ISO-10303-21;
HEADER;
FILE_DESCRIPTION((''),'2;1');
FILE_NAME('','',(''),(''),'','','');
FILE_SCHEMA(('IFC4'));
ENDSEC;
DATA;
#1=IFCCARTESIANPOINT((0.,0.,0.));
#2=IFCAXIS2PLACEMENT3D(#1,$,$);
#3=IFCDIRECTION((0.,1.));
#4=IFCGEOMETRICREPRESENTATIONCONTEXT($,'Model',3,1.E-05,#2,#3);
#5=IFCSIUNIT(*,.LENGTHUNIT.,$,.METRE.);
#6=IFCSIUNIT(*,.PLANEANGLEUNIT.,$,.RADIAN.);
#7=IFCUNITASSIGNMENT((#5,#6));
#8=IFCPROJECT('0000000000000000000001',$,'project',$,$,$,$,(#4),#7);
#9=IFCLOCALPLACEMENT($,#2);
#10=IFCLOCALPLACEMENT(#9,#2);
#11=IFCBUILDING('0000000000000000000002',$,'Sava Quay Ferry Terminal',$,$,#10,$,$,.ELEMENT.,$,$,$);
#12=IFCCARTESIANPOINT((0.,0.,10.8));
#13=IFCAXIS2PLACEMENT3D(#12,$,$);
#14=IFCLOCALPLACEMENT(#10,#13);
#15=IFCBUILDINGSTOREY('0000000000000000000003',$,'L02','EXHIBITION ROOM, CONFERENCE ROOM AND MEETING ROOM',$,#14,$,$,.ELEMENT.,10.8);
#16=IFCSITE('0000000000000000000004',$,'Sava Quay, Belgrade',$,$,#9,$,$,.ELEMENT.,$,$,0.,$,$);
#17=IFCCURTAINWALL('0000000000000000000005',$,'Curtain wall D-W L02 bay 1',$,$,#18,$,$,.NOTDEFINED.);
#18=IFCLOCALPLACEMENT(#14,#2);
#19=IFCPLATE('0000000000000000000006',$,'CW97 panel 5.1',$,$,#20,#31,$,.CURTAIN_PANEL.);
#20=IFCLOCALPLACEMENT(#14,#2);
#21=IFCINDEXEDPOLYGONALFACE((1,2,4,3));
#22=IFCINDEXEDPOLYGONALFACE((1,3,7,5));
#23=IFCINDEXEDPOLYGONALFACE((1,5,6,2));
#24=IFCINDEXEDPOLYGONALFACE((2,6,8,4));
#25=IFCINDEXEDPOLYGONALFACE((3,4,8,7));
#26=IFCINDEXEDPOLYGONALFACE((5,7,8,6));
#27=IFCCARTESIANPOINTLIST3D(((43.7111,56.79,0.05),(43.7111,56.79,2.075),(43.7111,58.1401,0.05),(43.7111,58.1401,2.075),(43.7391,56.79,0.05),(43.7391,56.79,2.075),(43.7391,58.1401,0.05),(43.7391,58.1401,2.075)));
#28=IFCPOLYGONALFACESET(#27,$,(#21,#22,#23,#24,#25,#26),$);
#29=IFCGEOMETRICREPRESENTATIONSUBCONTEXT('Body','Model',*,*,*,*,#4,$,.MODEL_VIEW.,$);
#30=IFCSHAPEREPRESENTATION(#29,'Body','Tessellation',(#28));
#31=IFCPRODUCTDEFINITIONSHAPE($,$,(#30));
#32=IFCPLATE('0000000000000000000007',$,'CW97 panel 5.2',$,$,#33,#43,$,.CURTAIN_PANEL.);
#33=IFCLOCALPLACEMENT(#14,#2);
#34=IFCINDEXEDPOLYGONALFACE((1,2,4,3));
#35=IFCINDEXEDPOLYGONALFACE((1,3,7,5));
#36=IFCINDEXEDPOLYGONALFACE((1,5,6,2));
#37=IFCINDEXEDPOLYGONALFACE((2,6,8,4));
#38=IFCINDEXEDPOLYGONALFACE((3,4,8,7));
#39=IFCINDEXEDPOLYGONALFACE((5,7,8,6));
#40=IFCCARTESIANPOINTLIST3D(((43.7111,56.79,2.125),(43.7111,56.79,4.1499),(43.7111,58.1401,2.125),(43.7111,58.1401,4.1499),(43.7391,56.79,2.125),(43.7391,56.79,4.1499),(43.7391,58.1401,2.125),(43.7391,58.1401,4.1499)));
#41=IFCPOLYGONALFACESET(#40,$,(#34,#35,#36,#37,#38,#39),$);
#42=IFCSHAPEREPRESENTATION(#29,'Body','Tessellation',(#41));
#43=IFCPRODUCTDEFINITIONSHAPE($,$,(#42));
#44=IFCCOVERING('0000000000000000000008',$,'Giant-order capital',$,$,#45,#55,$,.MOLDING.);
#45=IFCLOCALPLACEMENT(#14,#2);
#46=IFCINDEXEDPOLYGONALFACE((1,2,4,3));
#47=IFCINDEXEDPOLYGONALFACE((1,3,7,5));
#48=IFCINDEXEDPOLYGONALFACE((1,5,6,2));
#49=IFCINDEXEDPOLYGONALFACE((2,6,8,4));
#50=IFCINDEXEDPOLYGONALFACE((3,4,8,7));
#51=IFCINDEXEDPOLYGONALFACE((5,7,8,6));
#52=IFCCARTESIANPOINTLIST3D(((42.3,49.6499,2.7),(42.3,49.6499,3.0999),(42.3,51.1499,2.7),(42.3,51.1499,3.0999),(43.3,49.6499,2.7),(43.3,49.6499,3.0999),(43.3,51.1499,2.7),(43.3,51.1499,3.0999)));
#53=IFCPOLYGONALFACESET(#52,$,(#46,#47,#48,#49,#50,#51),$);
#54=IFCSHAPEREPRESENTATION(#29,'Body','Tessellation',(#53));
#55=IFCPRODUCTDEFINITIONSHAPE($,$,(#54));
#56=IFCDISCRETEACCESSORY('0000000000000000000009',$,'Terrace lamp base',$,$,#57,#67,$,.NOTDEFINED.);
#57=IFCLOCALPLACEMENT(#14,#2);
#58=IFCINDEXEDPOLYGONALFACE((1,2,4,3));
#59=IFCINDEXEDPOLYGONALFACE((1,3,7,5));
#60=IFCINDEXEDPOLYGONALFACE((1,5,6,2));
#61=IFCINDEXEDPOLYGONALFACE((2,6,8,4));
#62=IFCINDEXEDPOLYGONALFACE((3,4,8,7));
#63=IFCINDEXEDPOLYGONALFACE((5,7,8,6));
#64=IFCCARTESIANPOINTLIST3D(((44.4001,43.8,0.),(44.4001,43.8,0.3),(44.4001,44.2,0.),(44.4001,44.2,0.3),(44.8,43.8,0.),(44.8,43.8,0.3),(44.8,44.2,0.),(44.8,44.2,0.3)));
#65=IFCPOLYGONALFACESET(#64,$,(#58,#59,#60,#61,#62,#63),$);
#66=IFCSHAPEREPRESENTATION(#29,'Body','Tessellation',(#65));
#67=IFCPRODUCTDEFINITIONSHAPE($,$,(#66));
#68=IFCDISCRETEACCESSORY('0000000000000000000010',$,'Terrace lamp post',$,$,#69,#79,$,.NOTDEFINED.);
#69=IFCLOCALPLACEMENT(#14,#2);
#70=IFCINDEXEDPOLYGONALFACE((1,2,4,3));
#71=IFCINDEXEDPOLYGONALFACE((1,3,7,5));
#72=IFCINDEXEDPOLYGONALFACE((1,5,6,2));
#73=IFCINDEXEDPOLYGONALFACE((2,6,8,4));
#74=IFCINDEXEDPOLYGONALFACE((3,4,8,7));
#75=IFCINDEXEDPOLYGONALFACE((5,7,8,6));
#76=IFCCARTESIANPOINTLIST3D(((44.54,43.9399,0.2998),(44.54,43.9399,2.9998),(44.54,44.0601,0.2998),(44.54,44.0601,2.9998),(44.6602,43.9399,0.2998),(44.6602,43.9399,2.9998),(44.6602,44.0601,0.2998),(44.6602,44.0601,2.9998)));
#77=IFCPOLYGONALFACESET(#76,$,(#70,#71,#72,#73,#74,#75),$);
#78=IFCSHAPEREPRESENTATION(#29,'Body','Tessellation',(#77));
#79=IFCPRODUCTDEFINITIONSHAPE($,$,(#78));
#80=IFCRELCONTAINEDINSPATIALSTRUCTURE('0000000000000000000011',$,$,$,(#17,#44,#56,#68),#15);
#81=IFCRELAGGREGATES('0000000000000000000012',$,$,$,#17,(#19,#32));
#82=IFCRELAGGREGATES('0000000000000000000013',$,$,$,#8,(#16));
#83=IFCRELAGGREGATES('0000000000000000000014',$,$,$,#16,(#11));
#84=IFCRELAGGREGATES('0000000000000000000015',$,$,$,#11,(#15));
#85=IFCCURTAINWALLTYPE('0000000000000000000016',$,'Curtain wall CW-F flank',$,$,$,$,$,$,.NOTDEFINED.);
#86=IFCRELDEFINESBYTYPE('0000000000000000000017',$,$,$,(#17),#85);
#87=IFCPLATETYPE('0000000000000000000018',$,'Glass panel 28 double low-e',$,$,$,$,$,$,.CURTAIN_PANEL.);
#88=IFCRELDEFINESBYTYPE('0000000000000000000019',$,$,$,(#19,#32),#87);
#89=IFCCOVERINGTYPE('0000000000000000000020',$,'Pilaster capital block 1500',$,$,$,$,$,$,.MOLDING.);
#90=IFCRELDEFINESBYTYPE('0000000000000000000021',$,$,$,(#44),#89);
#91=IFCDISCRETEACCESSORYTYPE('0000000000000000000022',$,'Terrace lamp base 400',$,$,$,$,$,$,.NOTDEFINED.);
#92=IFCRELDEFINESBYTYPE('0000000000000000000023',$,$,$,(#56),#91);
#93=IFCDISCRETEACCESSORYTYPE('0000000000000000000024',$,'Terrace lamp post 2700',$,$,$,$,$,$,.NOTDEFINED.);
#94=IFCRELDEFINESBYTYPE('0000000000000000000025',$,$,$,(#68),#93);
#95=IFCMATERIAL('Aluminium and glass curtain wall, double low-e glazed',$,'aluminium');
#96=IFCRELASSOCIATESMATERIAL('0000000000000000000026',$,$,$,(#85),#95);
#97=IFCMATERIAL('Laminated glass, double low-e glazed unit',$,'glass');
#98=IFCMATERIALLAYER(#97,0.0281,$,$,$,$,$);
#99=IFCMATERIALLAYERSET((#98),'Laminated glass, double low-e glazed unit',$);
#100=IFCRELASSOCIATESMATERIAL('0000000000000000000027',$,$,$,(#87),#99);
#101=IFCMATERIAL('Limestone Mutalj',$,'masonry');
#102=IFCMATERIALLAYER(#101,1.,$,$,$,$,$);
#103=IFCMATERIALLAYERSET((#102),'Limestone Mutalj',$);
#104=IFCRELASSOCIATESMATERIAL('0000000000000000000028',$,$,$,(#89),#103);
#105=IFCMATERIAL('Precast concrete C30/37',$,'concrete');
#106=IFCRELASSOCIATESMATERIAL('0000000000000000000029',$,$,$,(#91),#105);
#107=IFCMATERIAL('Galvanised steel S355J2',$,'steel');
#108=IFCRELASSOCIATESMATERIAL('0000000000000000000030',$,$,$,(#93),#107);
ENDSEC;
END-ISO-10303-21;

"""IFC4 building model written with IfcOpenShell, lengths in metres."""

from ifc_helpers import new_model, si_unit, direction, frame, origin, origin_2d, place, context, subcontext, project, spatial, rectangle, extrude, material, layer, layer_set, type_object, element, aggregate, save


model = new_model("IFC4")

# Units and contexts
model_context = context("Model", 3, precision=1e-05, world=origin(), true_north=direction((0.0, 1.0)))
body_context = subcontext(model_context, "Body", "Model", "MODEL_VIEW")
ifc_project = project(units=[si_unit("LENGTHUNIT", "METRE"), si_unit("PLANEANGLEUNIT", "RADIAN")], contexts=[model_context])

# Site, building, storey
site_placement = place(None, origin())
site = spatial("IfcSite", under=ifc_project, at=site_placement, Name="Sava Quay, Belgrade", CompositionType="ELEMENT", RefElevation=0.0)
building_placement = place(site_placement, origin())
building = spatial("IfcBuilding", under=site, at=building_placement, Name="Sava Quay Ferry Terminal", CompositionType="ELEMENT")
storey_placement = place(building_placement, frame((0.0, 0.0, 10.8)))
storey = spatial("IfcBuildingStorey", under=building, at=storey_placement, Name="L02", Description="EXHIBITION ROOM, CONFERENCE ROOM AND MEETING ROOM", CompositionType="ELEMENT", Elevation=10.8)

# Curtain wall, plates
ifc_material_1 = material(Name="Aluminium and glass curtain wall, double low-e glazed", Category="aluminium")
curtain_wall_type = type_object("IfcCurtainWallType", Name="Curtain wall CW-F flank", PredefinedType="NOTDEFINED", material=ifc_material_1)
curtain_wall_placement = place(storey_placement, origin())
curtain_wall = element("IfcCurtainWall", 1, at=curtain_wall_placement, inside=storey, type_object=curtain_wall_type, Name="Curtain wall D-W L02 bay 1", PredefinedType="NOTDEFINED")
ifc_material_2 = material(Name="Laminated glass, double low-e glazed unit", Category="glass")
ifc_layer_1 = layer(ifc_material_2, 0.0281)
ifc_layer_set_1 = layer_set([ifc_layer_1], Name="Laminated glass, double low-e glazed unit")
plate_type = type_object("IfcPlateType", Name="Glass panel 28 double low-e", PredefinedType="CURTAIN_PANEL", material=ifc_layer_set_1)
plate_1_placement = place(storey_placement, frame((43.7251, 57.4651, 0.05), z_axis=(0.0, 0.0, 1.0), x_axis=(0.0, 1.0, 0.0)))
plate_1 = element("IfcPlate", 2, at=plate_1_placement, type_object=plate_type, Name="CW97 panel 5.1", PredefinedType="CURTAIN_PANEL", context=body_context, shape_type="SweptSolid", body=[
    extrude(rectangle(XDim=1.3501, YDim=0.0281, at=origin_2d()), origin(), (0.0, 0.0, 1.0), 2.0249),
])
plate_2_placement = place(storey_placement, frame((43.7251, 57.4651, 2.125), z_axis=(0.0, 0.0, 1.0), x_axis=(0.0, 1.0, 0.0)))
plate_2 = element("IfcPlate", 3, at=plate_2_placement, type_object=plate_type, Name="CW97 panel 5.2", PredefinedType="CURTAIN_PANEL", context=body_context, shape_type="SweptSolid", body=[
    extrude(rectangle(XDim=1.3501, YDim=0.0281, at=origin_2d()), origin(), (0.0, 0.0, 1.0), 2.0249),
])
aggregate(curtain_wall, [plate_1, plate_2])

# Covering
ifc_material_3 = material(Name="Limestone Mutalj", Category="masonry")
ifc_layer_2 = layer(ifc_material_3, 1.0)
ifc_layer_set_2 = layer_set([ifc_layer_2], Name="Limestone Mutalj")
covering_type = type_object("IfcCoveringType", Name="Pilaster capital block 1500", PredefinedType="MOLDING", material=ifc_layer_set_2)
covering_placement = place(storey_placement, frame((42.8, 50.3999, 2.7), z_axis=(0.0, 0.0, 1.0), x_axis=(1.0, 0.0, 0.0)))
element("IfcCovering", 4, at=covering_placement, inside=storey, type_object=covering_type, Name="Giant-order capital", PredefinedType="MOLDING", context=body_context, shape_type="SweptSolid", body=[
    extrude(rectangle(XDim=1.0, YDim=1.5, at=origin_2d()), origin(), (0.0, 0.0, 1.0), 0.3999),
])

# Discrete accessories
ifc_material_4 = material(Name="Precast concrete C30/37", Category="concrete")
discrete_accessory_type_1 = type_object("IfcDiscreteAccessoryType", Name="Terrace lamp base 400", PredefinedType="NOTDEFINED", material=ifc_material_4)
discrete_accessory_1_placement = place(storey_placement, frame((44.6001, 44.0, 0.0), z_axis=(0.0, 0.0, 1.0), x_axis=(1.0, 0.0, 0.0)))
element("IfcDiscreteAccessory", 5, at=discrete_accessory_1_placement, inside=storey, type_object=discrete_accessory_type_1, Name="Terrace lamp base", PredefinedType="NOTDEFINED", context=body_context, shape_type="SweptSolid", body=[
    extrude(rectangle(XDim=0.3999, YDim=0.3999, at=origin_2d()), origin(), (0.0, 0.0, 1.0), 0.3),
])
ifc_material_5 = material(Name="Galvanised steel S355J2", Category="steel")
discrete_accessory_type_2 = type_object("IfcDiscreteAccessoryType", Name="Terrace lamp post 2700", PredefinedType="NOTDEFINED", material=ifc_material_5)
discrete_accessory_2_placement = place(storey_placement, frame((44.6001, 44.0, 0.2998), z_axis=(0.0, 0.0, 1.0), x_axis=(1.0, 0.0, 0.0)))
element("IfcDiscreteAccessory", 6, at=discrete_accessory_2_placement, inside=storey, type_object=discrete_accessory_type_2, Name="Terrace lamp post", PredefinedType="NOTDEFINED", context=body_context, shape_type="SweptSolid", body=[
    extrude(rectangle(XDim=0.1201, YDim=0.1201, at=origin_2d()), origin(), (0.0, 0.0, 1.0), 2.7),
])

save(model, "model.ifc")
